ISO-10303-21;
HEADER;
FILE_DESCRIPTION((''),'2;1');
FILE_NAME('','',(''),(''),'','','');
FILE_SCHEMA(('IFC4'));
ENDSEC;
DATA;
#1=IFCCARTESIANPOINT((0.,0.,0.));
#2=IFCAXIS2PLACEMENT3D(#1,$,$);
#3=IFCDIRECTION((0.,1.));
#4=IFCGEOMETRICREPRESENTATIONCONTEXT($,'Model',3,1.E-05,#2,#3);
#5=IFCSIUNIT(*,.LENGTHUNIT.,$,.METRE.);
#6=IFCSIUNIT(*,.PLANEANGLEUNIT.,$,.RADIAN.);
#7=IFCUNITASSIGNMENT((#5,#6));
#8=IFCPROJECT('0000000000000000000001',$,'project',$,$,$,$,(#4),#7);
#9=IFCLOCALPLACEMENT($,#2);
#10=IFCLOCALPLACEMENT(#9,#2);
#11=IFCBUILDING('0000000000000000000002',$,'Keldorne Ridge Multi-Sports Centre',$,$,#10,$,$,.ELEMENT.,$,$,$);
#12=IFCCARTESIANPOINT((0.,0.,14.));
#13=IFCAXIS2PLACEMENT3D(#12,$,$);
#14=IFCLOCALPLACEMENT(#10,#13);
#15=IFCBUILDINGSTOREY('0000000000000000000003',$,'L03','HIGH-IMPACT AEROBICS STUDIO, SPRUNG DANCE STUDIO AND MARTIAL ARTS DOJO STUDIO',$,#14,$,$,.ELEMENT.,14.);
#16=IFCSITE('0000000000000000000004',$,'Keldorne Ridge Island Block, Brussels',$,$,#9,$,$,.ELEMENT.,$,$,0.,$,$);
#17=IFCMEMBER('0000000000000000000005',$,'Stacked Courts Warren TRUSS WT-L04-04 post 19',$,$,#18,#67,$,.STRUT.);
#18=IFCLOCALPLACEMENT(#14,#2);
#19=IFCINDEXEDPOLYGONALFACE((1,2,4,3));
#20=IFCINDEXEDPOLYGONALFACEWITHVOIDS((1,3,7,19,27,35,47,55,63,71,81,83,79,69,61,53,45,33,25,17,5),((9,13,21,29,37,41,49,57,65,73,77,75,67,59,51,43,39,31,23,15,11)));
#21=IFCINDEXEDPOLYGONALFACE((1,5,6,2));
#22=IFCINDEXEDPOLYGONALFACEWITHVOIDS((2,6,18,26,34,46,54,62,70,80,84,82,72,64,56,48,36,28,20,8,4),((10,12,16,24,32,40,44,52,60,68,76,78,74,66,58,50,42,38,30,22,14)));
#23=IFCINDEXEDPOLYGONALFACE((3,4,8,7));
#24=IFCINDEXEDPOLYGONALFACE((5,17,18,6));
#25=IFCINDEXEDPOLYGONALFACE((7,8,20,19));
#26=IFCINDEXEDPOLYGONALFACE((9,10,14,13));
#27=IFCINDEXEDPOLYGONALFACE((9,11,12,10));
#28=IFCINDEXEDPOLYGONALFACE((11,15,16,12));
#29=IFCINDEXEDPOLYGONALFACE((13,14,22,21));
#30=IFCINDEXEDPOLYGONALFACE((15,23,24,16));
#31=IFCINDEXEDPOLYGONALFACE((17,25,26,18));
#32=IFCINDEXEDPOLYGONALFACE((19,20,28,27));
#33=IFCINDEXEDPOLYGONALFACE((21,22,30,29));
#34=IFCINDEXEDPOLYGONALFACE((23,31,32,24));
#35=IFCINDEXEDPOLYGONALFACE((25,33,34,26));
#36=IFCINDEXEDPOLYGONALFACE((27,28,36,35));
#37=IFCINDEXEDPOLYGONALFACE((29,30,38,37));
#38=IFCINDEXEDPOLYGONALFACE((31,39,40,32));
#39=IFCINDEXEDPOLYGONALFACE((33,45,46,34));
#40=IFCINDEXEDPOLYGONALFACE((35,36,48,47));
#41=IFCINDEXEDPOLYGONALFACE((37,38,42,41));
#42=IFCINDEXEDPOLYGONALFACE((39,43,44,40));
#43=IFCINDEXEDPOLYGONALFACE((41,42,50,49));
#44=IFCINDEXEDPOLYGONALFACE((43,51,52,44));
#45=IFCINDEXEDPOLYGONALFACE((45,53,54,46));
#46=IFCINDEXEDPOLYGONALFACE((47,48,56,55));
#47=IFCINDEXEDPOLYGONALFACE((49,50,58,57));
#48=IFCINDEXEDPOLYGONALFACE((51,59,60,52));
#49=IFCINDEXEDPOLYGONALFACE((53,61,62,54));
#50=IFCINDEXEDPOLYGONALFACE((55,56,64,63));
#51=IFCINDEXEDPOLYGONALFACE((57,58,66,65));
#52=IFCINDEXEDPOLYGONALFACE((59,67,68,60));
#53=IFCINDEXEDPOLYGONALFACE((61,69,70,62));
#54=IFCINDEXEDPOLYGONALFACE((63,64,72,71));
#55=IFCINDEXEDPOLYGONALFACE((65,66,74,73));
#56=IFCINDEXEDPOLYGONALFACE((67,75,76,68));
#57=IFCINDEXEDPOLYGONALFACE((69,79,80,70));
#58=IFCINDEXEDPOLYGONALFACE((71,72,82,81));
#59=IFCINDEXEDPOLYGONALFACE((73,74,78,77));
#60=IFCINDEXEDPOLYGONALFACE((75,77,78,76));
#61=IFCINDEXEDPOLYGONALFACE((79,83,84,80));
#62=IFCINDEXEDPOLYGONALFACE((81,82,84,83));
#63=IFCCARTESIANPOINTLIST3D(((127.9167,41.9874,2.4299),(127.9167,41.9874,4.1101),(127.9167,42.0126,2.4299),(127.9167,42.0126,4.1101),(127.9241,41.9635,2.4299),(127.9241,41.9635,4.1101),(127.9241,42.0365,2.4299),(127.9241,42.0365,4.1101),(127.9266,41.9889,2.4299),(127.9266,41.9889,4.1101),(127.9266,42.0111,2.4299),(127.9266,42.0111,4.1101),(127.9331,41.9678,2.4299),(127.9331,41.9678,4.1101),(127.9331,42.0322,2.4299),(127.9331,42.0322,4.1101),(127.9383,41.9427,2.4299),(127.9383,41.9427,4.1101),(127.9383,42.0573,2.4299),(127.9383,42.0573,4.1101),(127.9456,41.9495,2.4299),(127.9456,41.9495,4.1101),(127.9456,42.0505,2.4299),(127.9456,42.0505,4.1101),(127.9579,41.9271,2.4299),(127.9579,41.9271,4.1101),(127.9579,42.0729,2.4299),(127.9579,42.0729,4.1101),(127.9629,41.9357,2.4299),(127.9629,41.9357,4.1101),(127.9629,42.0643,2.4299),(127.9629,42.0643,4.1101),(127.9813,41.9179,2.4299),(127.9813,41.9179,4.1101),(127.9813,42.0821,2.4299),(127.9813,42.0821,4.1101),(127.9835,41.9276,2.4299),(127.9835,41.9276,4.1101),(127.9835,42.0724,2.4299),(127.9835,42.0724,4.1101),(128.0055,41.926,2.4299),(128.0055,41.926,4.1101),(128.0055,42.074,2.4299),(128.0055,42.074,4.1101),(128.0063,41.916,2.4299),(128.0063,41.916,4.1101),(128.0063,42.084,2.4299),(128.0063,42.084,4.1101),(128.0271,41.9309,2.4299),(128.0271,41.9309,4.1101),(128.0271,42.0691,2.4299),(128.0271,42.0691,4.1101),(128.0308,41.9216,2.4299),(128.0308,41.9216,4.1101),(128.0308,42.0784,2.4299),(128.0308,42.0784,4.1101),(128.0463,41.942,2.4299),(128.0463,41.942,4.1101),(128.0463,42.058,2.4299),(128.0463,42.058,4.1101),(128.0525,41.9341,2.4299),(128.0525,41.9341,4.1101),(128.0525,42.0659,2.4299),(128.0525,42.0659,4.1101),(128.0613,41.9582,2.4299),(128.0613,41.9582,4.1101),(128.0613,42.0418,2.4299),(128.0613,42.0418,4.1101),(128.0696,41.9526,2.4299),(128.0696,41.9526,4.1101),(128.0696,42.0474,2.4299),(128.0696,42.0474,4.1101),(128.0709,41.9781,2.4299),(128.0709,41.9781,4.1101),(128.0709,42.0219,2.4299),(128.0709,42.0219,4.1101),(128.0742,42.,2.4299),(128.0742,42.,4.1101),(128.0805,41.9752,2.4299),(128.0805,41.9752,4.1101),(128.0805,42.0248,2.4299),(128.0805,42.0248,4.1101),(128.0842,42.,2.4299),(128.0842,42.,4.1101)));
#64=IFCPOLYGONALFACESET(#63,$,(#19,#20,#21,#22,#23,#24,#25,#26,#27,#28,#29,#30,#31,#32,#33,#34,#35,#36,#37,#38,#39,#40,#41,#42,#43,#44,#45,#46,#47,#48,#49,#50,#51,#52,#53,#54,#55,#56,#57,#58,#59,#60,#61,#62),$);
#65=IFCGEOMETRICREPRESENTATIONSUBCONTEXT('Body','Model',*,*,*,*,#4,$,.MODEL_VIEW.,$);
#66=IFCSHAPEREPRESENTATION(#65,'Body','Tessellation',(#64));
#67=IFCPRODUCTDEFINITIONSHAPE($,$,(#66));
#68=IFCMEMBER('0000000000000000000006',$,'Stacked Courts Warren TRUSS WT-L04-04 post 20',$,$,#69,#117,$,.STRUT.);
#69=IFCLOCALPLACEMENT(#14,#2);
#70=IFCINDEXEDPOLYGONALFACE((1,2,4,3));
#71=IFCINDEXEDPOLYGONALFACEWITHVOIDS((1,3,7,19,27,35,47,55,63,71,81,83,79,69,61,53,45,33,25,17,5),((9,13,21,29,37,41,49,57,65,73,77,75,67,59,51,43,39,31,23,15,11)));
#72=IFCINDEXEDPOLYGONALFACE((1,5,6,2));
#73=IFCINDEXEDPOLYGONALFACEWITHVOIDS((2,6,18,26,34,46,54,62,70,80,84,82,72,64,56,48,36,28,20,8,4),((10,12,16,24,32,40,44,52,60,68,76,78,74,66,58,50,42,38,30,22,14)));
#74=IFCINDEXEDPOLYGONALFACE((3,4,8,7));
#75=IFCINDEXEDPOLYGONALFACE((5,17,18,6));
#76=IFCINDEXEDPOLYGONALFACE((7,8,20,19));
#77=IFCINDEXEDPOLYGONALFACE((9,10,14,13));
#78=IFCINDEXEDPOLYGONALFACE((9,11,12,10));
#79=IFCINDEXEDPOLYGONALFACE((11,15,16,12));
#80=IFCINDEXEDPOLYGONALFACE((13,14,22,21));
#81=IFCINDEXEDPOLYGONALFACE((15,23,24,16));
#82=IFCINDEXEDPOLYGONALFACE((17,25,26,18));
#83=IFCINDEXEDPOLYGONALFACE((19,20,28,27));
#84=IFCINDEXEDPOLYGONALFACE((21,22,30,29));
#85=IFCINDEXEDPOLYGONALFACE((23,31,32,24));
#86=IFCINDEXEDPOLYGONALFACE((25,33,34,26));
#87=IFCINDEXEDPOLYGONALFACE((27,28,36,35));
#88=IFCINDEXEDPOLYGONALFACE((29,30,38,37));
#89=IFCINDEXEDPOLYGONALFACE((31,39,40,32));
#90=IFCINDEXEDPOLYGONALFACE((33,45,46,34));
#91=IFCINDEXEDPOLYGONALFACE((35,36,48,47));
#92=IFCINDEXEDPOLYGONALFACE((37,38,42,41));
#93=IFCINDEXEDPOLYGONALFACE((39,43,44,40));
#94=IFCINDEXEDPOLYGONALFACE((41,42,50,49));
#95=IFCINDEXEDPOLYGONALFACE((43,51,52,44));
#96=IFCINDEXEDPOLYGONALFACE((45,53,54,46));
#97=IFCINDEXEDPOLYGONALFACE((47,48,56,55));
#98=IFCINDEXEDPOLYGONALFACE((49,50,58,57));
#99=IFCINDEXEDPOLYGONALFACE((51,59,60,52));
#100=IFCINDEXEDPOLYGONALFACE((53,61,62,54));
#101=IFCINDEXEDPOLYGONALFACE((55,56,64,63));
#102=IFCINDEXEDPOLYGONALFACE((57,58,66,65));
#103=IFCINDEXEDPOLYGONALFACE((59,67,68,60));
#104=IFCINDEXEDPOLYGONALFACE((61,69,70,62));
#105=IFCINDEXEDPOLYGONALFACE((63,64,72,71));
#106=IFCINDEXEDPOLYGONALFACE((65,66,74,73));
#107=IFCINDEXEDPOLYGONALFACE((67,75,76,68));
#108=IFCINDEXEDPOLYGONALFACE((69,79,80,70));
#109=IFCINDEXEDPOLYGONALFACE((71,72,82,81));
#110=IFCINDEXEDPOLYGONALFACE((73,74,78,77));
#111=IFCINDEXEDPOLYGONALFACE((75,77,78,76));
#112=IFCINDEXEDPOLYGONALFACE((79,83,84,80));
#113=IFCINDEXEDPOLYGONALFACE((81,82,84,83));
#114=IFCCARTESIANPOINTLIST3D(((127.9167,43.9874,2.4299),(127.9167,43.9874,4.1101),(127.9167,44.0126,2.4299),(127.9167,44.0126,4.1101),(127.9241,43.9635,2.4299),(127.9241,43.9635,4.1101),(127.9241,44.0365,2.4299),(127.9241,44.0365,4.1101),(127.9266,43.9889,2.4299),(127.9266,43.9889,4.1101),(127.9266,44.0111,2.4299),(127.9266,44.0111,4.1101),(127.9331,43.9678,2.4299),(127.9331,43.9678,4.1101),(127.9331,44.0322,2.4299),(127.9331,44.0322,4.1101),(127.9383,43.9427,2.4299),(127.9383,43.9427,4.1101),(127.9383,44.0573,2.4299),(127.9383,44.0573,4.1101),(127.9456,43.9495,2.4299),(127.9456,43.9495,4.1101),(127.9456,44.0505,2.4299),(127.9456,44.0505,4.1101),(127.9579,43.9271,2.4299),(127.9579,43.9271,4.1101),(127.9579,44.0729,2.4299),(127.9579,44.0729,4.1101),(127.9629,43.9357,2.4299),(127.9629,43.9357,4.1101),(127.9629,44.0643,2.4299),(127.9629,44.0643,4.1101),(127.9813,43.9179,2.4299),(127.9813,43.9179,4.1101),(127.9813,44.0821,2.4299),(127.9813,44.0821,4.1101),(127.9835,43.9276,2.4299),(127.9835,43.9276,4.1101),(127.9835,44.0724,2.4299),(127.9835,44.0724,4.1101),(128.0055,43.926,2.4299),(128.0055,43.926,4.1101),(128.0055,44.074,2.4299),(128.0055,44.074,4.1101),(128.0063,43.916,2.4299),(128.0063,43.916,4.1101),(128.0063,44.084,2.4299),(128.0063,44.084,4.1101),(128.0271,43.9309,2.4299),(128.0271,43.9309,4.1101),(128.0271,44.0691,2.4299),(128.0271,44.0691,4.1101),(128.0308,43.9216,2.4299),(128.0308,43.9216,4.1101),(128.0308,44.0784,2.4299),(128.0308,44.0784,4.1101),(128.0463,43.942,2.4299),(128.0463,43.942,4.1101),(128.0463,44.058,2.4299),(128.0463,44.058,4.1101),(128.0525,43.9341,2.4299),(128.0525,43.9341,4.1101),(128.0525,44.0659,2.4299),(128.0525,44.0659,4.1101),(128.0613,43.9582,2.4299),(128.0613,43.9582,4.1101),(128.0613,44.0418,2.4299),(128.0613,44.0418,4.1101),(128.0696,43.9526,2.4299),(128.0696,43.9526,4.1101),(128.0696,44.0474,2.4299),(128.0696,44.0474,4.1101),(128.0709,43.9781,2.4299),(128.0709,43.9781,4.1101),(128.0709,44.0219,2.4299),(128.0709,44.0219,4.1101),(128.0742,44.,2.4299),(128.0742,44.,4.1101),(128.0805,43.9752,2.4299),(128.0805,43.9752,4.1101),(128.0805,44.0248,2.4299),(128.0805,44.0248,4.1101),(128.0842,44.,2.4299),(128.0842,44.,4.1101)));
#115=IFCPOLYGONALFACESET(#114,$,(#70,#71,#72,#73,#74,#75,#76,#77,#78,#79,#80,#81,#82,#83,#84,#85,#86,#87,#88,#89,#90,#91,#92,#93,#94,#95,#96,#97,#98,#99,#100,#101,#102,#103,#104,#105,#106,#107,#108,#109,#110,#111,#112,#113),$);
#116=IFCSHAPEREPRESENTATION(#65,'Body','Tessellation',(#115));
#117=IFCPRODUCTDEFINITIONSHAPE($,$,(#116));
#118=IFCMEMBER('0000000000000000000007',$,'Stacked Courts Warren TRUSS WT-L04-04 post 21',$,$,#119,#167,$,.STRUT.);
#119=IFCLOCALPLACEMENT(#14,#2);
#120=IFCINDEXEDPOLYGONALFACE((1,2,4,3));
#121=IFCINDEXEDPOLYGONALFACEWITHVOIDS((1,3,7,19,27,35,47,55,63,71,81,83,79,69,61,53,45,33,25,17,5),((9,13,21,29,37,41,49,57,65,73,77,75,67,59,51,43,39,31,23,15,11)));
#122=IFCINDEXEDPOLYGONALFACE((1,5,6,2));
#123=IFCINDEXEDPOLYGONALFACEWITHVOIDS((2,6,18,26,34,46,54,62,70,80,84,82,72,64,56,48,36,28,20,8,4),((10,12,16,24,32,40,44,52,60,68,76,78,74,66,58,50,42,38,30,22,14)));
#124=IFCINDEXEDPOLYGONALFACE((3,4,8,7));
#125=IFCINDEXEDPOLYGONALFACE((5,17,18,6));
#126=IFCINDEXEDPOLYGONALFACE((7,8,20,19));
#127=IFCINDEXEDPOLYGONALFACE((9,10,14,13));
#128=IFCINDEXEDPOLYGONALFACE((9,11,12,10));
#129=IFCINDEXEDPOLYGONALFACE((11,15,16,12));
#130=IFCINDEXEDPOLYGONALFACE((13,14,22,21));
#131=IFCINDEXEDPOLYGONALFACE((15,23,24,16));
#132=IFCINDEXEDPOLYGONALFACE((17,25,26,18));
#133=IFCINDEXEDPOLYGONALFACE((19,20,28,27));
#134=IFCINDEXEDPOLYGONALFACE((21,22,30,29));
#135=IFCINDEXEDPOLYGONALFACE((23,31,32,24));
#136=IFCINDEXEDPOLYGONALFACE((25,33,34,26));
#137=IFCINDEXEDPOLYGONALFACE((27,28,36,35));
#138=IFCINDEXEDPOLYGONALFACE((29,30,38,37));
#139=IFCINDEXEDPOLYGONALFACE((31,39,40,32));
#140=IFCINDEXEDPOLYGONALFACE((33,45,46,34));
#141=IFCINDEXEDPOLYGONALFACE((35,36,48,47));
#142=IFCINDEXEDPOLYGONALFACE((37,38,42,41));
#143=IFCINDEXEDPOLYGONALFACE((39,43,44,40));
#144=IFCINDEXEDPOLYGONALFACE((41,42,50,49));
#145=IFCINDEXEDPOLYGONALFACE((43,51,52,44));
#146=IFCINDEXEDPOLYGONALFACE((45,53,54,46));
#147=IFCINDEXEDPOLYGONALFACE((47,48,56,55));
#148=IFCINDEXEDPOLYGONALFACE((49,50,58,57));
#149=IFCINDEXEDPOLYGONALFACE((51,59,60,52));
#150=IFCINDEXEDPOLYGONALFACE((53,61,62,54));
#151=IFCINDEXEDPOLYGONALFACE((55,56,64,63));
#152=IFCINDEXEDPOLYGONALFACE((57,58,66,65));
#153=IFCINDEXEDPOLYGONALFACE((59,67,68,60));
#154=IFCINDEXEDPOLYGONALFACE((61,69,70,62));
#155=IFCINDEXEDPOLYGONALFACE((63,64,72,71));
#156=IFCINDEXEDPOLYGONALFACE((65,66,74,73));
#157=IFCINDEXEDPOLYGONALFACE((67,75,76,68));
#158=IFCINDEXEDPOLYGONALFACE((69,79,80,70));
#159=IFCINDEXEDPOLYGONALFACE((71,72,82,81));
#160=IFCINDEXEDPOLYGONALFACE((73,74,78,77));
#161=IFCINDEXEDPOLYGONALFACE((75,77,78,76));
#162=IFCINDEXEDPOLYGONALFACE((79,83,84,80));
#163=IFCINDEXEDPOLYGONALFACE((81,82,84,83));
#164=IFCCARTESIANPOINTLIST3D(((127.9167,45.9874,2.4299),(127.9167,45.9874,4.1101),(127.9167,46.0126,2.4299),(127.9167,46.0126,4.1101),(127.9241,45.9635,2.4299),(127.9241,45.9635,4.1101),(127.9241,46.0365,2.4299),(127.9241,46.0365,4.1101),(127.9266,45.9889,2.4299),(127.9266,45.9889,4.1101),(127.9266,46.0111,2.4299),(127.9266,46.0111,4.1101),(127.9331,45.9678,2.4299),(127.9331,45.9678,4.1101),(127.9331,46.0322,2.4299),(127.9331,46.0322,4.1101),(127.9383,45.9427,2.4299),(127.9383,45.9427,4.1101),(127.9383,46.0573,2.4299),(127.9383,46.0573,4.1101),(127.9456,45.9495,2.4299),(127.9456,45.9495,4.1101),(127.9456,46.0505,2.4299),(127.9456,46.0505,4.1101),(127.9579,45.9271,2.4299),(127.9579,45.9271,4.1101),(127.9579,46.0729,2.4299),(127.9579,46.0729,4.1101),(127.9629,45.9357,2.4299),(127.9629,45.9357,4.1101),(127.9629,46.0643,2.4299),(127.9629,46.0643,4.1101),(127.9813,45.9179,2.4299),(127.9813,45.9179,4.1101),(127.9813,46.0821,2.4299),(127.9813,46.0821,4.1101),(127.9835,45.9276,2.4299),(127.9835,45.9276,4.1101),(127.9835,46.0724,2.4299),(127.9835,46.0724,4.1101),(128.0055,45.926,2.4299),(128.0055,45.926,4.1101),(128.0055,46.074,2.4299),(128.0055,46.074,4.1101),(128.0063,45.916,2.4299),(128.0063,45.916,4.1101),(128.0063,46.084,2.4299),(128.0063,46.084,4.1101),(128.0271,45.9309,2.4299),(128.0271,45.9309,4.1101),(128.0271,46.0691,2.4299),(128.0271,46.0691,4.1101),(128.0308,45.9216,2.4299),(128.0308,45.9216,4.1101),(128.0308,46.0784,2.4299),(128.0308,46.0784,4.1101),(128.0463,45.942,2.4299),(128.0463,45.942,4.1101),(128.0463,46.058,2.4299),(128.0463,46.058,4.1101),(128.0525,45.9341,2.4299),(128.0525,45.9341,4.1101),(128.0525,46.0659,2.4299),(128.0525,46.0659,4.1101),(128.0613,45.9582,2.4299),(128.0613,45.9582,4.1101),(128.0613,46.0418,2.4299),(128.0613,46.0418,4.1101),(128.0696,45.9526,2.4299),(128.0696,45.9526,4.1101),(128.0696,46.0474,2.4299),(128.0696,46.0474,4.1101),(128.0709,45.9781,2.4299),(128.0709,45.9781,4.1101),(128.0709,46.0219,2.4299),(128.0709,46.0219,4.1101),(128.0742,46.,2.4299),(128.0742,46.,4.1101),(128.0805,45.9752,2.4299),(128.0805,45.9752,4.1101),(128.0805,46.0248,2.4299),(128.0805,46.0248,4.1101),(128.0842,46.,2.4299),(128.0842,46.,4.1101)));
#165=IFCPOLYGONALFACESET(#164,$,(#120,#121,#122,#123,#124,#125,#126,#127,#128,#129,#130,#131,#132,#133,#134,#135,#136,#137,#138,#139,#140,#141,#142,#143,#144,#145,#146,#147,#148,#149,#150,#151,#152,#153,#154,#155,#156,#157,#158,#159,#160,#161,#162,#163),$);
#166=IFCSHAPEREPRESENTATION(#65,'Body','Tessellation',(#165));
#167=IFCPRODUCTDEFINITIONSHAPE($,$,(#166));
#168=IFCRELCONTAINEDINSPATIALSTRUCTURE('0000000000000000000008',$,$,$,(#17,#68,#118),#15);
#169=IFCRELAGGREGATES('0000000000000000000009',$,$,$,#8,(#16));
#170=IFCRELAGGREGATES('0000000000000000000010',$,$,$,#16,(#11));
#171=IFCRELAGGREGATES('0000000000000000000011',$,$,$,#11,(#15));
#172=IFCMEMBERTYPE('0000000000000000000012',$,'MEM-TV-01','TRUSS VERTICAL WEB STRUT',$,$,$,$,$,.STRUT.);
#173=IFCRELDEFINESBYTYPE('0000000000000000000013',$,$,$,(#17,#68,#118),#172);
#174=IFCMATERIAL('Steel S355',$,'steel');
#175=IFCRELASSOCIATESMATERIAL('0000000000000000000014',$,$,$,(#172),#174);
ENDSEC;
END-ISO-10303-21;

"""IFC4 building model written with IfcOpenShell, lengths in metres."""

from ifc_helpers import new_model, si_unit, direction, frame, origin, origin_2d, place, context, subcontext, project, spatial, hollow_circle, extrude, material, material_profile, profile_set, type_object, element, save


model = new_model("IFC4")

# Units and contexts
model_context = context("Model", 3, precision=1e-05, world=origin(), true_north=direction((0.0, 1.0)))
body_context = subcontext(model_context, "Body", "Model", "MODEL_VIEW")
ifc_project = project(units=[si_unit("LENGTHUNIT", "METRE"), si_unit("PLANEANGLEUNIT", "RADIAN")], contexts=[model_context])

# Site, building, storey
site_placement = place(None, origin())
site = spatial("IfcSite", under=ifc_project, at=site_placement, Name="Keldorne Ridge Island Block, Brussels", CompositionType="ELEMENT", RefElevation=0.0)
building_placement = place(site_placement, origin())
building = spatial("IfcBuilding", under=site, at=building_placement, Name="Keldorne Ridge Multi-Sports Centre", CompositionType="ELEMENT")
storey_placement = place(building_placement, frame((0.0, 0.0, 14.0)))
storey = spatial("IfcBuildingStorey", under=building, at=storey_placement, Name="L03", Description="HIGH-IMPACT AEROBICS STUDIO, SPRUNG DANCE STUDIO AND MARTIAL ARTS DOJO STUDIO", CompositionType="ELEMENT", Elevation=14.0)

# Members
ifc_material = material(Name="Steel S355", Category="steel")
ifc_material_profile_1 = material_profile(ifc_material, hollow_circle(Radius=0.0842, WallThickness=0.01, at=origin_2d()), Name="CHS 168.3x10")
ifc_profile_set_1 = profile_set([ifc_material_profile_1], Name="Steel S355")
member_type_1 = type_object("IfcMemberType", Name="MEM-TV-01", Description="TRUSS VERTICAL WEB STRUT", PredefinedType="STRUT", material=ifc_profile_set_1)
for number, where, z_axis, x_axis, name in (
    (1, (128.0, 42.0, 2.4299), (0.0, 0.0, 1.0), (1.0, 0.0, 0.0), "Stacked Courts Warren TRUSS WT-L04-04 post 19"),
    (2, (128.0, 44.0, 2.4299), (0.0, 0.0, 1.0), (1.0, 0.0, 0.0), "Stacked Courts Warren TRUSS WT-L04-04 post 20"),
    (3, (128.0, 46.0, 2.4299), (0.0, 0.0, 1.0), (1.0, 0.0, 0.0), "Stacked Courts Warren TRUSS WT-L04-04 post 21"),
):
    element("IfcMember", number, at=place(storey_placement, frame(where, z_axis=z_axis, x_axis=x_axis)), inside=storey, type_object=member_type_1, Name=name, PredefinedType="STRUT", context=body_context, shape_type="SweptSolid", body=[
        extrude(hollow_circle(Radius=0.0842, WallThickness=0.01, at=origin_2d()), origin(), (0.0, 0.0, 1.0), 1.6802),
    ])

save(model, "model.ifc")
